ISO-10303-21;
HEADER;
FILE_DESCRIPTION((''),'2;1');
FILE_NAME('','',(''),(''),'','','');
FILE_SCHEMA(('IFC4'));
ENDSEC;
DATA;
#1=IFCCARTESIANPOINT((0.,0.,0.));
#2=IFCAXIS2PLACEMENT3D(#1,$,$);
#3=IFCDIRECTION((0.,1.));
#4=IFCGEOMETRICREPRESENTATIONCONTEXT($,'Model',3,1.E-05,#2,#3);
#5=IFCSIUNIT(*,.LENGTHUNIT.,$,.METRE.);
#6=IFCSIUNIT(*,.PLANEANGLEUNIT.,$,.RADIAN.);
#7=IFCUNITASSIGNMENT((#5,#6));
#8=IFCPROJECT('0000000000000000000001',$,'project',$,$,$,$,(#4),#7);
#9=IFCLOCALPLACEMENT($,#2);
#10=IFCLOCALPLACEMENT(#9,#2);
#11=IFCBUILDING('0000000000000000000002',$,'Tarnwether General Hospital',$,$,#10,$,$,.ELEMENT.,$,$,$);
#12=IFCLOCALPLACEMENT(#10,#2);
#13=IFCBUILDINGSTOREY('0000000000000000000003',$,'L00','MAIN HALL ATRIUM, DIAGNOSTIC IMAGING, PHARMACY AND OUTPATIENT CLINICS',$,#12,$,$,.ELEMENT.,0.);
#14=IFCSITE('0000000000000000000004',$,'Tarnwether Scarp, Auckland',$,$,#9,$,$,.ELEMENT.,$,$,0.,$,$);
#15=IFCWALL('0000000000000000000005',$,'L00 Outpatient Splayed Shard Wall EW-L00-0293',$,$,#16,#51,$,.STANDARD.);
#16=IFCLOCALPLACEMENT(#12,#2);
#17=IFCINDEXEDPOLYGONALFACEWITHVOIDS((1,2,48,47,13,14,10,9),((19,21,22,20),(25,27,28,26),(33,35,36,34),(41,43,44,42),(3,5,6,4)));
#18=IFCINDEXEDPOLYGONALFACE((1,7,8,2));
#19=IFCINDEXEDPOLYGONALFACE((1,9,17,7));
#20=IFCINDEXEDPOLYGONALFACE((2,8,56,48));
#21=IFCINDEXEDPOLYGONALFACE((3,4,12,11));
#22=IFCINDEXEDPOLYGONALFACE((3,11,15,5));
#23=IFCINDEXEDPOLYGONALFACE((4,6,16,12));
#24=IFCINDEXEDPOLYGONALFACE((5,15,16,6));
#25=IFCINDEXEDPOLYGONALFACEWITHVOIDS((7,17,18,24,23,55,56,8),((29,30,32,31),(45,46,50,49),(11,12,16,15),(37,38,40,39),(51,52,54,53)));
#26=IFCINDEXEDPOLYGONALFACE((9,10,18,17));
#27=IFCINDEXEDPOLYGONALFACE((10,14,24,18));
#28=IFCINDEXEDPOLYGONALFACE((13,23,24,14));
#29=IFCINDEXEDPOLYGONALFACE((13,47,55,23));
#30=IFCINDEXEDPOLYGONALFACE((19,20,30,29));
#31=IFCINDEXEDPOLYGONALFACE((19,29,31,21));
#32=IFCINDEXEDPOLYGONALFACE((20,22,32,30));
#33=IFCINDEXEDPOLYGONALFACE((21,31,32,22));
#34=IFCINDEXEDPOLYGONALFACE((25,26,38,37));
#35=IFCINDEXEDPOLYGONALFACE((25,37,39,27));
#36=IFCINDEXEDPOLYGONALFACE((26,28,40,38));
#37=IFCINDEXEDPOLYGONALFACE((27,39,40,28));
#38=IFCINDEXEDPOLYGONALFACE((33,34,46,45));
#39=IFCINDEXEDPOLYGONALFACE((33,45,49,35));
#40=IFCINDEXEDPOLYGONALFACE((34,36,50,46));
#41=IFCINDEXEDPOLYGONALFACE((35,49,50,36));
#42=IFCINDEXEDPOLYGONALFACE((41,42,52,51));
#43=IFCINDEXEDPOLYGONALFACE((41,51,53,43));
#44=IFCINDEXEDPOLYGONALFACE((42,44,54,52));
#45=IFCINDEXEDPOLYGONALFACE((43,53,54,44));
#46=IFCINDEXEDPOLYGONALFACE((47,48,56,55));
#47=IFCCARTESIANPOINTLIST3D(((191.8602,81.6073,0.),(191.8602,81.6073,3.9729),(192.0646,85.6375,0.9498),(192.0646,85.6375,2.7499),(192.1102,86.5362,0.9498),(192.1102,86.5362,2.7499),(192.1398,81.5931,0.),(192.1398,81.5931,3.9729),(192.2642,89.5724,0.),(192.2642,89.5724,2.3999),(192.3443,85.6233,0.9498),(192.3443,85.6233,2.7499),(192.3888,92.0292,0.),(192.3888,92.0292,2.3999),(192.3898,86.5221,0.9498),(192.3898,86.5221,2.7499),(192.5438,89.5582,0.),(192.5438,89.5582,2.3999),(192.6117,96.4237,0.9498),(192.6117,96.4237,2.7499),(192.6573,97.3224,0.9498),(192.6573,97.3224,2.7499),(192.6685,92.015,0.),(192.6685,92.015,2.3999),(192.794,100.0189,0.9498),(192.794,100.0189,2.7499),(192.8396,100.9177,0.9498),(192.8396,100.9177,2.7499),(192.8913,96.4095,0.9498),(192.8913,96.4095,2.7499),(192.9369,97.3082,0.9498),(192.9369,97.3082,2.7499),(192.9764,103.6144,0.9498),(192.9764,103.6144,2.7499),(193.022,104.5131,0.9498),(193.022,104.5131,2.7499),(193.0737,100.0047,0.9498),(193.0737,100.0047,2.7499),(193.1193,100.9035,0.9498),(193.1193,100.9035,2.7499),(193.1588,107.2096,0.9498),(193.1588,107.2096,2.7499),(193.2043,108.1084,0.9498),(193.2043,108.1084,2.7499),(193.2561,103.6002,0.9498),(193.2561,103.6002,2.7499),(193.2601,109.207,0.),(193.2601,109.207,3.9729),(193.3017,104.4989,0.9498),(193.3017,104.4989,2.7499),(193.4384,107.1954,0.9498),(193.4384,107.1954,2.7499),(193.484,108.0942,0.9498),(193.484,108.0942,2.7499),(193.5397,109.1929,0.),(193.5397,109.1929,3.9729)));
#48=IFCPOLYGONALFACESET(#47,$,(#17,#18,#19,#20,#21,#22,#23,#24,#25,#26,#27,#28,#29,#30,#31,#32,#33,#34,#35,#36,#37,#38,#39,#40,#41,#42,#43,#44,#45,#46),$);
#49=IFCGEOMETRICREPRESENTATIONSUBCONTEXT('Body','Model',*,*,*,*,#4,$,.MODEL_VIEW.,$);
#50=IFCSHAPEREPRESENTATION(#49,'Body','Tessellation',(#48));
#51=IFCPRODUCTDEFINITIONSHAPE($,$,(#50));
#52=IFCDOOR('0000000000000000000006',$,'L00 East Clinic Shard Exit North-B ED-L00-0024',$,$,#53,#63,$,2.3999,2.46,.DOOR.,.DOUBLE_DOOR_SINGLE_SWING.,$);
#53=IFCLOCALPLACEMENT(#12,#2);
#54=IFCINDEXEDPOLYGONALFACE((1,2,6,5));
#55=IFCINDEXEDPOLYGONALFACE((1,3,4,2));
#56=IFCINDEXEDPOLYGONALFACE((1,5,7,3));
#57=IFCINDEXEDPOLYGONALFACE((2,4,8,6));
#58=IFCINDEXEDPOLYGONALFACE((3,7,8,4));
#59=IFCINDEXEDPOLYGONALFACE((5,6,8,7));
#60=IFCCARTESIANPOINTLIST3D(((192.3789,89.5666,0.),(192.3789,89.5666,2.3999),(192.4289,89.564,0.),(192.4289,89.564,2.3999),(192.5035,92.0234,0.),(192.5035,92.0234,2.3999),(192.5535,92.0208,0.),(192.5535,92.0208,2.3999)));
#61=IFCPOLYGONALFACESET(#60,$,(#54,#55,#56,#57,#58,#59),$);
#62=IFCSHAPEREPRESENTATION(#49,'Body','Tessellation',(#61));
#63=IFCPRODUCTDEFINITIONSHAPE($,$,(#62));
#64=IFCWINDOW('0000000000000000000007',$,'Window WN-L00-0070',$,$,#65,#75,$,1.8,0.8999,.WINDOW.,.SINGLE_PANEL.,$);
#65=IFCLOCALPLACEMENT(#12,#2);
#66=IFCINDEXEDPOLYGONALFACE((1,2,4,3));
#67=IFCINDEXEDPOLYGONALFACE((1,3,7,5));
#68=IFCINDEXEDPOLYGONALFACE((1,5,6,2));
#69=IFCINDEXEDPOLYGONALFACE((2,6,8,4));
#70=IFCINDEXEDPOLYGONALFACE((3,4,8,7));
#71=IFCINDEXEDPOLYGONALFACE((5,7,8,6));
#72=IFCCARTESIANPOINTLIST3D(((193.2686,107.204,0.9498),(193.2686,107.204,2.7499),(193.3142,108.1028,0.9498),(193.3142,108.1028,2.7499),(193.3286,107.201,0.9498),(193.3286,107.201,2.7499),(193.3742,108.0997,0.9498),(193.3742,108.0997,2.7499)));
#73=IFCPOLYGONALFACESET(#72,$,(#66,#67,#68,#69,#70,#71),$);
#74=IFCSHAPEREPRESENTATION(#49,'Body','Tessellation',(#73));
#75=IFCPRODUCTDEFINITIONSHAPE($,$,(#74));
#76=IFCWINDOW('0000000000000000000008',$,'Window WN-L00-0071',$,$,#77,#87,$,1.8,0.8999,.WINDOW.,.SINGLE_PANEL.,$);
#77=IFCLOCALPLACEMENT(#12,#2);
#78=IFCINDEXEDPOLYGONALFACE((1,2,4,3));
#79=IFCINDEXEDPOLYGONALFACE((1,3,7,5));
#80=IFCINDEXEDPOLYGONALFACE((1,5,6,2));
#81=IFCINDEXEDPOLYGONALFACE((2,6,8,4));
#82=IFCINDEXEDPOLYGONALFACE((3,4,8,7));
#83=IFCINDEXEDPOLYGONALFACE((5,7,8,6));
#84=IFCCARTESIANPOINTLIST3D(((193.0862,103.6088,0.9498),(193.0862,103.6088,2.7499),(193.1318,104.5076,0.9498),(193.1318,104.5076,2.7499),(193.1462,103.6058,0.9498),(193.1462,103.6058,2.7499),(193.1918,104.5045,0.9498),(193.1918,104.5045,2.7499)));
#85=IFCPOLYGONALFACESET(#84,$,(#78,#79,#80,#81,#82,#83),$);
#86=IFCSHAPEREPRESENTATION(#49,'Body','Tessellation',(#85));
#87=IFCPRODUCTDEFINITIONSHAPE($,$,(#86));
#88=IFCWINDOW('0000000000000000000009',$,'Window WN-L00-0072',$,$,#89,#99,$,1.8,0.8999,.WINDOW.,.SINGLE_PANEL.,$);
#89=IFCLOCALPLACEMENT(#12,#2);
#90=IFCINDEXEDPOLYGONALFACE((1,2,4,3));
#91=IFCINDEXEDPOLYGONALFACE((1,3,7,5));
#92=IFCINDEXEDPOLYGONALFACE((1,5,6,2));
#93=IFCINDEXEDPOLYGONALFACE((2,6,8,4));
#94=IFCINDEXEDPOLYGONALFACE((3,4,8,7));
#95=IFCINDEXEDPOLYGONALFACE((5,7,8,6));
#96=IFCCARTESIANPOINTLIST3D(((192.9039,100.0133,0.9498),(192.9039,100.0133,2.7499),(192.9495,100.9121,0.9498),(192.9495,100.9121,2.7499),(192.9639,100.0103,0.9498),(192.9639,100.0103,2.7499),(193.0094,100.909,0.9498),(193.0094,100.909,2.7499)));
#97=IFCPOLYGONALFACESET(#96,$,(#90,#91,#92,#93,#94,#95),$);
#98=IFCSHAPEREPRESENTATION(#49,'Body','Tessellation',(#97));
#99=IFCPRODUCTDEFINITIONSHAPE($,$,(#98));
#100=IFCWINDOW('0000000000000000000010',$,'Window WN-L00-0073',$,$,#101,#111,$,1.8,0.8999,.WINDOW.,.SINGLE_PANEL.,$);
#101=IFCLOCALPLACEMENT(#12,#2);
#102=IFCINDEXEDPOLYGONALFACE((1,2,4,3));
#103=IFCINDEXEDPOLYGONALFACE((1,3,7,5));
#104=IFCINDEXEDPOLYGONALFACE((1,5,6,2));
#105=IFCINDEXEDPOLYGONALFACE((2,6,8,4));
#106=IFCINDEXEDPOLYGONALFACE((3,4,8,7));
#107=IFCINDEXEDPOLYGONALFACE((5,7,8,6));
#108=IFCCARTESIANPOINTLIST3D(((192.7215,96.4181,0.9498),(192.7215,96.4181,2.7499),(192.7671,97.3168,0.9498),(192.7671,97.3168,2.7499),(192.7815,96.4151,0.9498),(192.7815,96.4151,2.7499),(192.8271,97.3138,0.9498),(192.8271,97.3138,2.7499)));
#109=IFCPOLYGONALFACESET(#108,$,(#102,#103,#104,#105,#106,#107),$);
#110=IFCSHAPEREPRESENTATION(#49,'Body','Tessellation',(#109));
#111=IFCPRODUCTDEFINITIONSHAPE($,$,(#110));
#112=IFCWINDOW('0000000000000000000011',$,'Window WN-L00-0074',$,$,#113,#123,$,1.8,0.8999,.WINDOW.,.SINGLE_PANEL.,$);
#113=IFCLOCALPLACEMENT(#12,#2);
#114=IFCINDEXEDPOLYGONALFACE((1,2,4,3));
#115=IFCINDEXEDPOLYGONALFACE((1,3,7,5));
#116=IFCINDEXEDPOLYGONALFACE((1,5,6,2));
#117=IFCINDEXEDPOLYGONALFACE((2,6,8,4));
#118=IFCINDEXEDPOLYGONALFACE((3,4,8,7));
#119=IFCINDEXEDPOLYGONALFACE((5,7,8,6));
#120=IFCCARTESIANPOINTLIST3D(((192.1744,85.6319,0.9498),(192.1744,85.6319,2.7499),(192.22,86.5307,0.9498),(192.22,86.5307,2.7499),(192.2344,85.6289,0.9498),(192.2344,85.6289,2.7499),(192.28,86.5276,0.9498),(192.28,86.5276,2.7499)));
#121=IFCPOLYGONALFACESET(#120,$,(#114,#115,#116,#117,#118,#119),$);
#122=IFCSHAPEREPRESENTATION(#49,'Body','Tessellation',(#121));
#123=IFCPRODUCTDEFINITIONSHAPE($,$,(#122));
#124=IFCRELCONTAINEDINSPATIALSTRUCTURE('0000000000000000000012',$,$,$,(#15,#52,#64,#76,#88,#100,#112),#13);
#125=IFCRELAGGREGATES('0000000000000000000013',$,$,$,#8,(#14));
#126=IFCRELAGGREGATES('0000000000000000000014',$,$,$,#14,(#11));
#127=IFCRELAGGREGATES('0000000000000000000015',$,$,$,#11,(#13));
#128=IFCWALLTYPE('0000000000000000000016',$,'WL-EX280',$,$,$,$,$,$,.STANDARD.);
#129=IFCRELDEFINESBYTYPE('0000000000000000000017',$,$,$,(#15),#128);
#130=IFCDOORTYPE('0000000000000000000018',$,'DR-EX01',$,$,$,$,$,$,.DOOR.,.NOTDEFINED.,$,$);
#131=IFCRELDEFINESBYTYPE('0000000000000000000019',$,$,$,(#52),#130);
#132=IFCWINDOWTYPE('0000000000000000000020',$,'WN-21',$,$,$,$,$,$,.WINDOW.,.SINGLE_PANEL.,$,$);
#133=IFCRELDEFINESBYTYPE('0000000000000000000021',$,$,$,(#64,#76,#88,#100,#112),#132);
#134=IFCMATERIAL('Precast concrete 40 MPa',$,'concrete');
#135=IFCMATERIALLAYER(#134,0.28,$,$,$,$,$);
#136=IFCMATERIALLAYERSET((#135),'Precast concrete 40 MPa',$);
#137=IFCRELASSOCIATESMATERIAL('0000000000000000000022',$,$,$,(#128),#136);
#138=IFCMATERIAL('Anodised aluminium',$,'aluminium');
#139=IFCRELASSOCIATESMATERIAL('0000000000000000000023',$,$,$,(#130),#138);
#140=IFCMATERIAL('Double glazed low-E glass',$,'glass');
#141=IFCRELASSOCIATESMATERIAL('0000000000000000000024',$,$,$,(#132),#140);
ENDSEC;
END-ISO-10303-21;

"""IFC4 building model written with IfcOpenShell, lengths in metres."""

from ifc_helpers import new_model, si_unit, direction, frame, frame_2d, origin, place, context, subcontext, project, spatial, rectangle, extrude, material, layer, layer_set, type_object, element, fill, save


model = new_model("IFC4")

# Units and contexts
model_context = context("Model", 3, precision=1e-05, world=origin(), true_north=direction((0.0, 1.0)))
body_context = subcontext(model_context, "Body", "Model", "MODEL_VIEW")
ifc_project = project(units=[si_unit("LENGTHUNIT", "METRE"), si_unit("PLANEANGLEUNIT", "RADIAN")], contexts=[model_context])

# Site, building, storey
site_placement = place(None, origin())
site = spatial("IfcSite", under=ifc_project, at=site_placement, Name="Tarnwether Scarp, Auckland", CompositionType="ELEMENT", RefElevation=0.0)
building_placement = place(site_placement, origin())
building = spatial("IfcBuilding", under=site, at=building_placement, Name="Tarnwether General Hospital", CompositionType="ELEMENT")
storey_placement = place(building_placement, origin())
storey = spatial("IfcBuildingStorey", under=building, at=storey_placement, Name="L00", Description="MAIN HALL ATRIUM, DIAGNOSTIC IMAGING, PHARMACY AND OUTPATIENT CLINICS", CompositionType="ELEMENT", Elevation=0.0)

# Wall, openings, door, windows
ifc_material_1 = material(Name="Precast concrete 40 MPa", Category="concrete")
ifc_layer_1 = layer(ifc_material_1, 0.28)
ifc_layer_set_1 = layer_set([ifc_layer_1], Name="Precast concrete 40 MPa")
wall_type = type_object("IfcWallType", Name="WL-EX280", PredefinedType="STANDARD", material=ifc_layer_set_1)
wall_placement = place(storey_placement, frame((193.3999, 109.2, 0.0), z_axis=(0.0, 0.0, 1.0), x_axis=(-0.050656, -0.998716, 0.0)))
wall = element("IfcWall", 1, at=wall_placement, inside=storey, type_object=wall_type, Name="L00 Outpatient Splayed Shard Wall EW-L00-0293", PredefinedType="STANDARD", context=body_context, shape_type="SweptSolid", body=[
    extrude(rectangle(XDim=27.6353, YDim=0.28, at=frame_2d((13.8176, 0.0))), origin(), (0.0, 0.0, 1.0), 3.9729),
])
opening_1_placement = place(wall_placement, frame((17.2, 0.0, 0.0)))
opening_1 = element("IfcOpeningElement", 2, at=opening_1_placement, cuts=wall, PredefinedType="OPENING", context=body_context, shape_type="SweptSolid", body=[
    extrude(rectangle(XDim=2.46, YDim=2.3999, at=frame_2d((1.23, 1.2))), frame((0.0, 0.1499, 0.0), z_axis=(0.0, -1.0, 0.0), x_axis=(1.0, 0.0, 0.0)), (0.0, 0.0, 1.0), 0.3),
])
opening_2_placement = place(wall_placement, frame((1.1001, 0.0, 0.95)))
opening_2 = element("IfcOpeningElement", 3, at=opening_2_placement, cuts=wall, PredefinedType="OPENING", context=body_context, shape_type="SweptSolid", body=[
    extrude(rectangle(XDim=0.8999, YDim=1.8, at=frame_2d((0.45, 0.8999))), frame((0.0, 0.1499, 0.0), z_axis=(0.0, -1.0, 0.0), x_axis=(1.0, 0.0, 0.0)), (0.0, 0.0, 1.0), 0.3),
])
opening_3_placement = place(wall_placement, frame((4.7, 0.0, 0.95)))
opening_3 = element("IfcOpeningElement", 4, at=opening_3_placement, cuts=wall, PredefinedType="OPENING", context=body_context, shape_type="SweptSolid", body=[
    extrude(rectangle(XDim=0.8999, YDim=1.8, at=frame_2d((0.45, 0.8999))), frame((0.0, 0.1499, 0.0), z_axis=(0.0, -1.0, 0.0), x_axis=(1.0, 0.0, 0.0)), (0.0, 0.0, 1.0), 0.3),
])
opening_4_placement = place(wall_placement, frame((8.3, 0.0, 0.95)))
opening_4 = element("IfcOpeningElement", 5, at=opening_4_placement, cuts=wall, PredefinedType="OPENING", context=body_context, shape_type="SweptSolid", body=[
    extrude(rectangle(XDim=0.8999, YDim=1.8, at=frame_2d((0.45, 0.8999))), frame((0.0, 0.1499, 0.0), z_axis=(0.0, -1.0, 0.0), x_axis=(1.0, 0.0, 0.0)), (0.0, 0.0, 1.0), 0.3),
])
opening_5_placement = place(wall_placement, frame((11.8999, 0.0, 0.95)))
opening_5 = element("IfcOpeningElement", 6, at=opening_5_placement, cuts=wall, PredefinedType="OPENING", context=body_context, shape_type="SweptSolid", body=[
    extrude(rectangle(XDim=0.8999, YDim=1.8, at=frame_2d((0.45, 0.8999))), frame((0.0, 0.1499, 0.0), z_axis=(0.0, -1.0, 0.0), x_axis=(1.0, 0.0, 0.0)), (0.0, 0.0, 1.0), 0.3),
])
opening_6_placement = place(wall_placement, frame((22.7, 0.0, 0.95)))
opening_6 = element("IfcOpeningElement", 7, at=opening_6_placement, cuts=wall, PredefinedType="OPENING", context=body_context, shape_type="SweptSolid", body=[
    extrude(rectangle(XDim=0.8999, YDim=1.8, at=frame_2d((0.45, 0.8999))), frame((0.0, 0.1499, 0.0), z_axis=(0.0, -1.0, 0.0), x_axis=(1.0, 0.0, 0.0)), (0.0, 0.0, 1.0), 0.3),
])
ifc_material_2 = material(Name="Anodised aluminium", Category="aluminium")
door_type = type_object("IfcDoorType", Name="DR-EX01", OperationType="NOTDEFINED", PredefinedType="DOOR", material=ifc_material_2)
door_placement = place(opening_1_placement, origin())
door = element("IfcDoor", 8, at=door_placement, inside=storey, type_object=door_type, Name="L00 East Clinic Shard Exit North-B ED-L00-0024", OperationType="DOUBLE_DOOR_SINGLE_SWING", OverallHeight=2.3999, OverallWidth=2.46, PredefinedType="DOOR", context=body_context, shape_type="SweptSolid", body=[
    extrude(rectangle(XDim=2.46, YDim=2.3999, at=frame_2d((1.23, 1.2))), frame((0.0, 0.0249, 0.0), z_axis=(0.0, -1.0, 0.0), x_axis=(1.0, 0.0, 0.0)), (0.0, 0.0, 1.0), 0.05),
])
fill(opening_1, door)
ifc_material_3 = material(Name="Double glazed low-E glass", Category="glass")
window_type = type_object("IfcWindowType", Name="WN-21", PartitioningType="SINGLE_PANEL", PredefinedType="WINDOW", material=ifc_material_3)
window_1_placement = place(opening_2_placement, origin())
window_1 = element("IfcWindow", 9, at=window_1_placement, inside=storey, type_object=window_type, Name="Window WN-L00-0070", OverallHeight=1.8, OverallWidth=0.8999, PartitioningType="SINGLE_PANEL", PredefinedType="WINDOW", context=body_context, shape_type="SweptSolid", body=[
    extrude(rectangle(XDim=0.8999, YDim=1.8, at=frame_2d((0.45, 0.8999))), frame((0.0, 0.03, 0.0), z_axis=(0.0, -1.0, 0.0), x_axis=(1.0, 0.0, 0.0)), (0.0, 0.0, 1.0), 0.0601),
])
fill(opening_2, window_1)
window_2_placement = place(opening_3_placement, origin())
window_2 = element("IfcWindow", 10, at=window_2_placement, inside=storey, type_object=window_type, Name="Window WN-L00-0071", OverallHeight=1.8, OverallWidth=0.8999, PartitioningType="SINGLE_PANEL", PredefinedType="WINDOW", context=body_context, shape_type="SweptSolid", body=[
    extrude(rectangle(XDim=0.8999, YDim=1.8, at=frame_2d((0.45, 0.8999))), frame((0.0, 0.03, 0.0), z_axis=(0.0, -1.0, 0.0), x_axis=(1.0, 0.0, 0.0)), (0.0, 0.0, 1.0), 0.0601),
])
fill(opening_3, window_2)
window_3_placement = place(opening_4_placement, origin())
window_3 = element("IfcWindow", 11, at=window_3_placement, inside=storey, type_object=window_type, Name="Window WN-L00-0072", OverallHeight=1.8, OverallWidth=0.8999, PartitioningType="SINGLE_PANEL", PredefinedType="WINDOW", context=body_context, shape_type="SweptSolid", body=[
    extrude(rectangle(XDim=0.8999, YDim=1.8, at=frame_2d((0.45, 0.8999))), frame((0.0, 0.03, 0.0), z_axis=(0.0, -1.0, 0.0), x_axis=(1.0, 0.0, 0.0)), (0.0, 0.0, 1.0), 0.0601),
])
fill(opening_4, window_3)
window_4_placement = place(opening_5_placement, origin())
window_4 = element("IfcWindow", 12, at=window_4_placement, inside=storey, type_object=window_type, Name="Window WN-L00-0073", OverallHeight=1.8, OverallWidth=0.8999, PartitioningType="SINGLE_PANEL", PredefinedType="WINDOW", context=body_context, shape_type="SweptSolid", body=[
    extrude(rectangle(XDim=0.8999, YDim=1.8, at=frame_2d((0.45, 0.8999))), frame((0.0, 0.03, 0.0), z_axis=(0.0, -1.0, 0.0), x_axis=(1.0, 0.0, 0.0)), (0.0, 0.0, 1.0), 0.0601),
])
fill(opening_5, window_4)
window_5_placement = place(opening_6_placement, origin())
window_5 = element("IfcWindow", 13, at=window_5_placement, inside=storey, type_object=window_type, Name="Window WN-L00-0074", OverallHeight=1.8, OverallWidth=0.8999, PartitioningType="SINGLE_PANEL", PredefinedType="WINDOW", context=body_context, shape_type="SweptSolid", body=[
    extrude(rectangle(XDim=0.8999, YDim=1.8, at=frame_2d((0.45, 0.8999))), frame((0.0, 0.03, 0.0), z_axis=(0.0, -1.0, 0.0), x_axis=(1.0, 0.0, 0.0)), (0.0, 0.0, 1.0), 0.0601),
])
fill(opening_6, window_5)

save(model, "model.ifc")
